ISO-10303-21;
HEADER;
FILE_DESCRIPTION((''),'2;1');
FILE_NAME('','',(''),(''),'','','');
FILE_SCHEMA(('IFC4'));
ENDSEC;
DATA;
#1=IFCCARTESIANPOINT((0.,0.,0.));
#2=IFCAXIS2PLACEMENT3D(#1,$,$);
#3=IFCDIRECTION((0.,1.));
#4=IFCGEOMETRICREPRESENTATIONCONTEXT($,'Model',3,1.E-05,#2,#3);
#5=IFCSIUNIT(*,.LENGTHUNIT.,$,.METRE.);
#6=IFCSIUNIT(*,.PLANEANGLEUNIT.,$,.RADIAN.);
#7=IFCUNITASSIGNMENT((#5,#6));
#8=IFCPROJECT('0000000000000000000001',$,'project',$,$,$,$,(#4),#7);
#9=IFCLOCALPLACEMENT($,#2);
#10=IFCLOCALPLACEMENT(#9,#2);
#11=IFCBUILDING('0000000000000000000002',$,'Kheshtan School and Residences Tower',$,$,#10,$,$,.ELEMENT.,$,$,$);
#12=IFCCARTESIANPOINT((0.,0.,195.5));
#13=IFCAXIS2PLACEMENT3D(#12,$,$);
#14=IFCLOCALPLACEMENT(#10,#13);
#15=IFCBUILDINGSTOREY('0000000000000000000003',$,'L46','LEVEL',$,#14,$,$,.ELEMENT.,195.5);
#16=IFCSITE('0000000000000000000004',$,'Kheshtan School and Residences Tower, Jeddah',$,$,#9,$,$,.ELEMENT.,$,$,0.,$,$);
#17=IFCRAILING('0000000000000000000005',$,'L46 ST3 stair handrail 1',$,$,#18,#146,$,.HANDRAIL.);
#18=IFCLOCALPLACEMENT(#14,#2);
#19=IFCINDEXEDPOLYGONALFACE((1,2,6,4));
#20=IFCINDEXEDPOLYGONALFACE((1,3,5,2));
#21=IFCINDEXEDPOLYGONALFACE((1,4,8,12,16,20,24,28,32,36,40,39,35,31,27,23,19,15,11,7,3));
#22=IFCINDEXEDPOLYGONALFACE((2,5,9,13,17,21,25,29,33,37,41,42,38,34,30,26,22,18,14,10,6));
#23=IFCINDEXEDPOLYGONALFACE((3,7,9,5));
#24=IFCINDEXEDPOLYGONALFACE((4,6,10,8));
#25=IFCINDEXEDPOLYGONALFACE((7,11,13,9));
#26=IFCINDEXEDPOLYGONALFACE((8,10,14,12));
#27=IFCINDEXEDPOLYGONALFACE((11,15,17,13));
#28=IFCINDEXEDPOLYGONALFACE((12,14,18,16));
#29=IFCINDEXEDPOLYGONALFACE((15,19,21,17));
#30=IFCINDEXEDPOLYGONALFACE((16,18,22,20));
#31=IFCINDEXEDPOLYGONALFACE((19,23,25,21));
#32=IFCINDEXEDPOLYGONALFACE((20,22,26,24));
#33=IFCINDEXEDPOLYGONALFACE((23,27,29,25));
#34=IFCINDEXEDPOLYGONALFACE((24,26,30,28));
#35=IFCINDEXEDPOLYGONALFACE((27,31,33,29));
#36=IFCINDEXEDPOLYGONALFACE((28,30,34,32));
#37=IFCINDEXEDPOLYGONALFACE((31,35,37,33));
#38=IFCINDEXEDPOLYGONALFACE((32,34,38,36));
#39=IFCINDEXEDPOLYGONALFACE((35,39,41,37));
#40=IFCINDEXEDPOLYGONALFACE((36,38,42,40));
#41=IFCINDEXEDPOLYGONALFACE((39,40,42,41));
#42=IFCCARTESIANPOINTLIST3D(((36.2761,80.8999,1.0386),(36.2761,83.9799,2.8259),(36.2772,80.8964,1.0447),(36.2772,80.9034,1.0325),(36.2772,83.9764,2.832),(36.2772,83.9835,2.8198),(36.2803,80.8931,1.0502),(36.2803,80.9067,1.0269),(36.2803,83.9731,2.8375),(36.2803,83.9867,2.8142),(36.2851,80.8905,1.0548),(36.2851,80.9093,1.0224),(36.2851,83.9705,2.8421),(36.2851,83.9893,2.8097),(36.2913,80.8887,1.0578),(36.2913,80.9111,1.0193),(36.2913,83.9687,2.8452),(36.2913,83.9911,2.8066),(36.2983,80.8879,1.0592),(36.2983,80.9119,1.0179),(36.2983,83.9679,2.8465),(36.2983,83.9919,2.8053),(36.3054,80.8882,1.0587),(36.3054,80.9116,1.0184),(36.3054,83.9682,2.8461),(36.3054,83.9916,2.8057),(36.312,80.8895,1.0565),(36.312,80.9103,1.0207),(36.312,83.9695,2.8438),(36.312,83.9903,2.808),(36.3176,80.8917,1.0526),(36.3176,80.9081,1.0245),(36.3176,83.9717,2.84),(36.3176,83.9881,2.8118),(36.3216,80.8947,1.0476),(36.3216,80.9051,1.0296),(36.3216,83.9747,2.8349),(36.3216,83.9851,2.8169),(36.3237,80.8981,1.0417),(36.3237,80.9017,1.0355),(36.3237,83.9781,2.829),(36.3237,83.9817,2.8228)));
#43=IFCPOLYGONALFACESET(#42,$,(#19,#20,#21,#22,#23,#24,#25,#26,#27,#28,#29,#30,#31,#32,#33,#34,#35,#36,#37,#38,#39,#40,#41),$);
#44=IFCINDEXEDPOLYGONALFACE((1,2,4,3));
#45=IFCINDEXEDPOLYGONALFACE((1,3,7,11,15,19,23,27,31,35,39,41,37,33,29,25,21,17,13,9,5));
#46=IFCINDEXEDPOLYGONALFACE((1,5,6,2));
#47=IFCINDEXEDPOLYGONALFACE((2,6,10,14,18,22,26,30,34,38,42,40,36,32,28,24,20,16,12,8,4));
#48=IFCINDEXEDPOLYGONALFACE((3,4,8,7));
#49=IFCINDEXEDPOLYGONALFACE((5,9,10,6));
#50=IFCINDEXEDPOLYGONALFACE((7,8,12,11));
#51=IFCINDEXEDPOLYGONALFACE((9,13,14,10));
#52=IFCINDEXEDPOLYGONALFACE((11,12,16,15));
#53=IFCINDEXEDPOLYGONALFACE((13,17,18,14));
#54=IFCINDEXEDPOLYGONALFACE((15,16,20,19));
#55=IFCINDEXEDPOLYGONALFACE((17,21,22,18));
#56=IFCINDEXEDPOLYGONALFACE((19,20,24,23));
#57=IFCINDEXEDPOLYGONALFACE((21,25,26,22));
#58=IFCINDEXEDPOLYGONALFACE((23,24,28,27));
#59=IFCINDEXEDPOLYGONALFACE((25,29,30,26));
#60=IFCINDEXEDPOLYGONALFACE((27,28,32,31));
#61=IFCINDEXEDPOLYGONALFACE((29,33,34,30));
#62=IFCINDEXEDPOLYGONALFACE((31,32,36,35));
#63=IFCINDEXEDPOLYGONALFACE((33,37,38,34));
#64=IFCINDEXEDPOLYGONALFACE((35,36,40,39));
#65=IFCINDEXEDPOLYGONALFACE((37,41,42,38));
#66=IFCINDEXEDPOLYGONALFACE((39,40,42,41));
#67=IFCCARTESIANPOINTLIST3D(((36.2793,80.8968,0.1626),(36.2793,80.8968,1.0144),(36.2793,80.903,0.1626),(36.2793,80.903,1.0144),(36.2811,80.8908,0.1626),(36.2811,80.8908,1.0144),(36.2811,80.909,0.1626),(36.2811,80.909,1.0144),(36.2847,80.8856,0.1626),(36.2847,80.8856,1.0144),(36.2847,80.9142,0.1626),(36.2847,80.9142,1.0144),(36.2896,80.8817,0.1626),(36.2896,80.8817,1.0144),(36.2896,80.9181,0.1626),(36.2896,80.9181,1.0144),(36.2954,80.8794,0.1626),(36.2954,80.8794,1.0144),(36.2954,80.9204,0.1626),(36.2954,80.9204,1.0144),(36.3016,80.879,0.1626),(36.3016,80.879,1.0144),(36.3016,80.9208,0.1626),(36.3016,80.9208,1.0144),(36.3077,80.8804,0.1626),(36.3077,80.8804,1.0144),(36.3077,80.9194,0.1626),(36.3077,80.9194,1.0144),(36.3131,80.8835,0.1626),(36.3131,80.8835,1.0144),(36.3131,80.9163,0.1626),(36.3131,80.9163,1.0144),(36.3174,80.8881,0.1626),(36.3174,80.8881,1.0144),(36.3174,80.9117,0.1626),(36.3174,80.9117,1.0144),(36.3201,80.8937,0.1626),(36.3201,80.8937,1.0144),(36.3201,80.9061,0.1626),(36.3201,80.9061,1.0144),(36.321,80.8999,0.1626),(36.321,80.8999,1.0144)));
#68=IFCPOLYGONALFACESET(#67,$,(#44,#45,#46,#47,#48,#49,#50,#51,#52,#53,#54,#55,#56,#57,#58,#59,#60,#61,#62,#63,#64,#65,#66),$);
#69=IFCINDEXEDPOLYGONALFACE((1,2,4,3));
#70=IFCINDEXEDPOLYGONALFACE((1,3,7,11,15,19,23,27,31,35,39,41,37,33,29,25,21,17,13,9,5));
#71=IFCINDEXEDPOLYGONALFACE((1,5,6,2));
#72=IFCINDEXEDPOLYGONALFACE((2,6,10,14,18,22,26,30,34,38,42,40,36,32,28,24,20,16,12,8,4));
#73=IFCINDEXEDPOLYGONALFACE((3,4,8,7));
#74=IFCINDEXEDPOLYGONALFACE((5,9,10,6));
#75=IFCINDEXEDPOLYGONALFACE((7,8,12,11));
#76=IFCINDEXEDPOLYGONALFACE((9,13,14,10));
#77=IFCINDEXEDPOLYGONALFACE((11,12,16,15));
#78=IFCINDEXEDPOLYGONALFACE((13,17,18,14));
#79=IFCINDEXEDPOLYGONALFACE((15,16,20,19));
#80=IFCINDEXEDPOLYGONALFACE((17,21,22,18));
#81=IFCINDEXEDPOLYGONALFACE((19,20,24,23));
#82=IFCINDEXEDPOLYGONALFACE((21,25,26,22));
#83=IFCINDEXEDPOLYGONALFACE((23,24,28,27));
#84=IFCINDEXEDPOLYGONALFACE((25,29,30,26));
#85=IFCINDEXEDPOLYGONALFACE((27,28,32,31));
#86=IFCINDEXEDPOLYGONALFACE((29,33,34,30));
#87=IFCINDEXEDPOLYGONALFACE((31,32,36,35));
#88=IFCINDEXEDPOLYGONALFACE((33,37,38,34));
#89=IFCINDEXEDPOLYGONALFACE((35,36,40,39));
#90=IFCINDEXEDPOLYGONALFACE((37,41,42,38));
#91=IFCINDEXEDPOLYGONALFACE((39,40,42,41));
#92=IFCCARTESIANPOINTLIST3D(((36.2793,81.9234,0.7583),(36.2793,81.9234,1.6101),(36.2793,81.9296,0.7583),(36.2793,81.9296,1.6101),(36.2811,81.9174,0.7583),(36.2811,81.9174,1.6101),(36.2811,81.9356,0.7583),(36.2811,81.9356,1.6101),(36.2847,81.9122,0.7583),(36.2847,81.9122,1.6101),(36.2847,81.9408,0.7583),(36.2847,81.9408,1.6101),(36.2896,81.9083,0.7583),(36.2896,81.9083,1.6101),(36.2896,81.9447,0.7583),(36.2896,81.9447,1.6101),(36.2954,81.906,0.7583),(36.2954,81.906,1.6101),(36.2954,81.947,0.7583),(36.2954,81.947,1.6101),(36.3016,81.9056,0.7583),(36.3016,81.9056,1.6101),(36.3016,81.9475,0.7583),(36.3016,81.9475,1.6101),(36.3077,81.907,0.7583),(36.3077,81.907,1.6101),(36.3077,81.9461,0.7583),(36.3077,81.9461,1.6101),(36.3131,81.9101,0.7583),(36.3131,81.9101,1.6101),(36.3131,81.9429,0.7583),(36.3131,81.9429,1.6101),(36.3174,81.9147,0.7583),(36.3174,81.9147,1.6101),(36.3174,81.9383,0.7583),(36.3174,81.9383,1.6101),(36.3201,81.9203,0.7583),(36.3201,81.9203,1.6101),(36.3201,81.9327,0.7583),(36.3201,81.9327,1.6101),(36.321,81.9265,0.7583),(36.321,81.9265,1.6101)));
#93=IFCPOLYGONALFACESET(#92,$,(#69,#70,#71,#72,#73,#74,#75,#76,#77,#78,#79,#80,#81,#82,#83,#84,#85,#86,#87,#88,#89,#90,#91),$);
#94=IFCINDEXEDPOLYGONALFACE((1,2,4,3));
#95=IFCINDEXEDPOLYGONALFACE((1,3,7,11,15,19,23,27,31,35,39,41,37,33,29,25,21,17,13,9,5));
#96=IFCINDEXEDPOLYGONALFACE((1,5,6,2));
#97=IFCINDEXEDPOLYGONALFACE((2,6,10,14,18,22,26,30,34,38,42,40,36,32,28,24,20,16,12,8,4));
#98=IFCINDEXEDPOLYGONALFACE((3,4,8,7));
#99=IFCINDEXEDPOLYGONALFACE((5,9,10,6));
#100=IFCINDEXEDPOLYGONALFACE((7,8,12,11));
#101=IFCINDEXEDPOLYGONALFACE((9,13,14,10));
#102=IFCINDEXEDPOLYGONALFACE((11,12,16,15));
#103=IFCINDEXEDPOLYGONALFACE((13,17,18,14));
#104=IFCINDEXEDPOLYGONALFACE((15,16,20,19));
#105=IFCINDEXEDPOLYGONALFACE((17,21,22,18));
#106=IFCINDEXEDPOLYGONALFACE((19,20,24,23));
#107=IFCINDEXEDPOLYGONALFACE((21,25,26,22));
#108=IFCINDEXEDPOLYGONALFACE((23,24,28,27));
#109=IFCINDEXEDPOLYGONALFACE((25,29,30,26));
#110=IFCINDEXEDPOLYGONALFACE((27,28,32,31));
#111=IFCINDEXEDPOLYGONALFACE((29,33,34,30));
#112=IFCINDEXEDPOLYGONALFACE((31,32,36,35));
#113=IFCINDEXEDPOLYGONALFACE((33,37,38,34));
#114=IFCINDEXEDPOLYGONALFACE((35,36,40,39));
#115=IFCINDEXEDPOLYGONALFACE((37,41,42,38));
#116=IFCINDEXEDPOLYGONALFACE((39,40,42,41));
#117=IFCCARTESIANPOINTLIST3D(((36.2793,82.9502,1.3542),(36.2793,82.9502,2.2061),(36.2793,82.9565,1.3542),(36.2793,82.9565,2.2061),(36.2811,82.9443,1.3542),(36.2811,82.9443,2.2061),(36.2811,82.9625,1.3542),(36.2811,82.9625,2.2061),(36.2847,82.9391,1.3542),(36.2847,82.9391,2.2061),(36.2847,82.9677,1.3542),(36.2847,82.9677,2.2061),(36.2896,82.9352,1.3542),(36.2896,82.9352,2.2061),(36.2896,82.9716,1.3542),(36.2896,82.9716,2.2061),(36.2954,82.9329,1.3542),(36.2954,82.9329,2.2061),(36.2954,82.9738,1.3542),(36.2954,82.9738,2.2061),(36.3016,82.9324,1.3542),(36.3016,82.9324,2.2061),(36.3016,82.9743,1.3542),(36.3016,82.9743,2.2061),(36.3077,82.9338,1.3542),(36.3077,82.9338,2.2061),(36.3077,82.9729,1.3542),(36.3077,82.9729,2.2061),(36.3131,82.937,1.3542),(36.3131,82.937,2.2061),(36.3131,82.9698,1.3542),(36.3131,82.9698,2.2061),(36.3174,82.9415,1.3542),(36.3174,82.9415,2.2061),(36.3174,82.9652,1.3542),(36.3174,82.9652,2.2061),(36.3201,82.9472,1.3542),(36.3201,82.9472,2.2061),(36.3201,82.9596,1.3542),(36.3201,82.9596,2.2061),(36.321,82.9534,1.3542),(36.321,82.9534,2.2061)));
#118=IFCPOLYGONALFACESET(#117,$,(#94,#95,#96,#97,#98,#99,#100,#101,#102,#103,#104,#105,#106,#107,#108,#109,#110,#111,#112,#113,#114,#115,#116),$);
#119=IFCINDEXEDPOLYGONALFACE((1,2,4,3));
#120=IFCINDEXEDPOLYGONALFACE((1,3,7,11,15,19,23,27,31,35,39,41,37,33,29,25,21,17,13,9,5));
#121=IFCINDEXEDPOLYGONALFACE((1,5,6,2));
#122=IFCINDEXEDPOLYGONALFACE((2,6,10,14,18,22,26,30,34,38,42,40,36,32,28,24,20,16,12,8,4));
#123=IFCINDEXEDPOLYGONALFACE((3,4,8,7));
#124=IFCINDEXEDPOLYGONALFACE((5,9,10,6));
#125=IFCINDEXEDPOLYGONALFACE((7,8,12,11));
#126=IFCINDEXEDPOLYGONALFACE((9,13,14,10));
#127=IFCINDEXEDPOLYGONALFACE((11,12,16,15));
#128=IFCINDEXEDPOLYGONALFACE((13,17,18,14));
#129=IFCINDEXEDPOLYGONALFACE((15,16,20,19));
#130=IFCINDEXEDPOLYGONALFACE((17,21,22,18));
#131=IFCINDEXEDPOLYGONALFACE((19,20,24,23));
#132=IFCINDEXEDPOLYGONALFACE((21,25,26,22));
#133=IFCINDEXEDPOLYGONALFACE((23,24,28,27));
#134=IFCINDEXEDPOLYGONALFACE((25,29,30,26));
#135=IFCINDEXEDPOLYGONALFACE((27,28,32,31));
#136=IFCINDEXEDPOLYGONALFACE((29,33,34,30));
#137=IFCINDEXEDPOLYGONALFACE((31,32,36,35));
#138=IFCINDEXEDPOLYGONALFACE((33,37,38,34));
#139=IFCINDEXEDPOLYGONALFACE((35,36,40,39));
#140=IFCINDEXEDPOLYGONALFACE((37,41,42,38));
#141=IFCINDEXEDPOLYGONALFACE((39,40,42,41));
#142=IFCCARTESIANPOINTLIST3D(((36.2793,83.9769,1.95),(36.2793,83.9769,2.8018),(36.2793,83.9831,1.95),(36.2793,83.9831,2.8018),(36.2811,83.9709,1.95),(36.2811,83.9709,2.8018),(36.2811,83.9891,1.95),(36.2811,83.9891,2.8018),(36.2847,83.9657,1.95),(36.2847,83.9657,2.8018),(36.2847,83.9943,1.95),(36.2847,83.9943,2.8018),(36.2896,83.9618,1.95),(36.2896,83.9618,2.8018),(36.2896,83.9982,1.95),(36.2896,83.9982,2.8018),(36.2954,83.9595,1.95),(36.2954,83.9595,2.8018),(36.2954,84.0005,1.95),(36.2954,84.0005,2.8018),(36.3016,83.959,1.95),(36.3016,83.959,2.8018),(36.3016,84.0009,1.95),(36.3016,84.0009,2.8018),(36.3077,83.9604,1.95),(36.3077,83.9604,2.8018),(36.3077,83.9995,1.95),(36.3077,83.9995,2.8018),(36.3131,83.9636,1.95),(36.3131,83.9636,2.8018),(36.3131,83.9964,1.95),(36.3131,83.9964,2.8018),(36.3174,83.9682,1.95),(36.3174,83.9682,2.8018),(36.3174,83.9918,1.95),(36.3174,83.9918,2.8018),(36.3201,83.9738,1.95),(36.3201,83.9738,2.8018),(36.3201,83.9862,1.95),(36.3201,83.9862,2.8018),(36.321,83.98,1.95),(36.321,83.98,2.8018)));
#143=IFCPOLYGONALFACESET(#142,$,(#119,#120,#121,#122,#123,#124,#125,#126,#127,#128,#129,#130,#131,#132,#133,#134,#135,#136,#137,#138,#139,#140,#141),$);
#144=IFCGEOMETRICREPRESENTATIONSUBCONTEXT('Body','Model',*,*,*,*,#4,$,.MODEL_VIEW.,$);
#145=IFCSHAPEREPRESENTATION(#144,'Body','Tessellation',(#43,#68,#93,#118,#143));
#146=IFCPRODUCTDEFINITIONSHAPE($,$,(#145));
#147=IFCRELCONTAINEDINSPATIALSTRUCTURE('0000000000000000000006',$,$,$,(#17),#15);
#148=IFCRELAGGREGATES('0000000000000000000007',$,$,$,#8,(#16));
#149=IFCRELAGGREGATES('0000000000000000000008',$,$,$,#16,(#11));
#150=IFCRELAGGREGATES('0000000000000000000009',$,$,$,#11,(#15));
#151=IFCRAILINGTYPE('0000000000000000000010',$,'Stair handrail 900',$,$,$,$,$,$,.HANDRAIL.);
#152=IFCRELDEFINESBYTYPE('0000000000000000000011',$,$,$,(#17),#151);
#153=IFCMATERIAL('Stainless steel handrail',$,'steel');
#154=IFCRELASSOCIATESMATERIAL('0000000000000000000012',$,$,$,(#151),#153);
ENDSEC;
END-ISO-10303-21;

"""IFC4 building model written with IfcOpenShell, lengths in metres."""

from ifc_helpers import new_model, si_unit, direction, frame, origin, origin_2d, place, context, subcontext, project, spatial, circle, extrude, material, type_object, element, save


model = new_model("IFC4")

# Units and contexts
model_context = context("Model", 3, precision=1e-05, world=origin(), true_north=direction((0.0, 1.0)))
body_context = subcontext(model_context, "Body", "Model", "MODEL_VIEW")
ifc_project = project(units=[si_unit("LENGTHUNIT", "METRE"), si_unit("PLANEANGLEUNIT", "RADIAN")], contexts=[model_context])

# Site, building, storey
site_placement = place(None, origin())
site = spatial("IfcSite", under=ifc_project, at=site_placement, Name="Kheshtan School and Residences Tower, Jeddah", CompositionType="ELEMENT", RefElevation=0.0)
building_placement = place(site_placement, origin())
building = spatial("IfcBuilding", under=site, at=building_placement, Name="Kheshtan School and Residences Tower", CompositionType="ELEMENT")
storey_placement = place(building_placement, frame((0.0, 0.0, 195.5)))
storey = spatial("IfcBuildingStorey", under=building, at=storey_placement, Name="L46", Description="LEVEL", CompositionType="ELEMENT", Elevation=195.5)

# Railing
ifc_material_1 = material(Name="Stainless steel handrail", Category="steel")
railing_type_1 = type_object("IfcRailingType", Name="Stair handrail 900", PredefinedType="HANDRAIL", material=ifc_material_1)
railing_1_placement = place(storey_placement, frame((36.3, 80.8999, 0.1626)))
element("IfcRailing", 1, at=railing_1_placement, inside=storey, type_object=railing_type_1, Name="L46 ST3 stair handrail 1", PredefinedType="HANDRAIL", context=body_context, shape_type="SweptSolid", body=[
    extrude(circle(Radius=0.0239, at=origin_2d()), frame((0.0, 0.0, 0.876), z_axis=(0.0, 0.86492, 0.501909), x_axis=(-1.0, 0.0, 0.0)), (0.0, 0.0, 1.0), 3.561),
    extrude(circle(Radius=0.021, at=origin_2d()), origin(), (0.0, 0.0, 1.0), 0.8518),
    extrude(circle(Radius=0.021, at=origin_2d()), frame((0.0, 1.0266, 0.5957)), (0.0, 0.0, 1.0), 0.8518),
    extrude(circle(Radius=0.021, at=origin_2d()), frame((0.0, 2.0535, 1.1917)), (0.0, 0.0, 1.0), 0.8518),
    extrude(circle(Radius=0.021, at=origin_2d()), frame((0.0, 3.0801, 1.7874)), (0.0, 0.0, 1.0), 0.8518),
])

save(model, "model.ifc")
